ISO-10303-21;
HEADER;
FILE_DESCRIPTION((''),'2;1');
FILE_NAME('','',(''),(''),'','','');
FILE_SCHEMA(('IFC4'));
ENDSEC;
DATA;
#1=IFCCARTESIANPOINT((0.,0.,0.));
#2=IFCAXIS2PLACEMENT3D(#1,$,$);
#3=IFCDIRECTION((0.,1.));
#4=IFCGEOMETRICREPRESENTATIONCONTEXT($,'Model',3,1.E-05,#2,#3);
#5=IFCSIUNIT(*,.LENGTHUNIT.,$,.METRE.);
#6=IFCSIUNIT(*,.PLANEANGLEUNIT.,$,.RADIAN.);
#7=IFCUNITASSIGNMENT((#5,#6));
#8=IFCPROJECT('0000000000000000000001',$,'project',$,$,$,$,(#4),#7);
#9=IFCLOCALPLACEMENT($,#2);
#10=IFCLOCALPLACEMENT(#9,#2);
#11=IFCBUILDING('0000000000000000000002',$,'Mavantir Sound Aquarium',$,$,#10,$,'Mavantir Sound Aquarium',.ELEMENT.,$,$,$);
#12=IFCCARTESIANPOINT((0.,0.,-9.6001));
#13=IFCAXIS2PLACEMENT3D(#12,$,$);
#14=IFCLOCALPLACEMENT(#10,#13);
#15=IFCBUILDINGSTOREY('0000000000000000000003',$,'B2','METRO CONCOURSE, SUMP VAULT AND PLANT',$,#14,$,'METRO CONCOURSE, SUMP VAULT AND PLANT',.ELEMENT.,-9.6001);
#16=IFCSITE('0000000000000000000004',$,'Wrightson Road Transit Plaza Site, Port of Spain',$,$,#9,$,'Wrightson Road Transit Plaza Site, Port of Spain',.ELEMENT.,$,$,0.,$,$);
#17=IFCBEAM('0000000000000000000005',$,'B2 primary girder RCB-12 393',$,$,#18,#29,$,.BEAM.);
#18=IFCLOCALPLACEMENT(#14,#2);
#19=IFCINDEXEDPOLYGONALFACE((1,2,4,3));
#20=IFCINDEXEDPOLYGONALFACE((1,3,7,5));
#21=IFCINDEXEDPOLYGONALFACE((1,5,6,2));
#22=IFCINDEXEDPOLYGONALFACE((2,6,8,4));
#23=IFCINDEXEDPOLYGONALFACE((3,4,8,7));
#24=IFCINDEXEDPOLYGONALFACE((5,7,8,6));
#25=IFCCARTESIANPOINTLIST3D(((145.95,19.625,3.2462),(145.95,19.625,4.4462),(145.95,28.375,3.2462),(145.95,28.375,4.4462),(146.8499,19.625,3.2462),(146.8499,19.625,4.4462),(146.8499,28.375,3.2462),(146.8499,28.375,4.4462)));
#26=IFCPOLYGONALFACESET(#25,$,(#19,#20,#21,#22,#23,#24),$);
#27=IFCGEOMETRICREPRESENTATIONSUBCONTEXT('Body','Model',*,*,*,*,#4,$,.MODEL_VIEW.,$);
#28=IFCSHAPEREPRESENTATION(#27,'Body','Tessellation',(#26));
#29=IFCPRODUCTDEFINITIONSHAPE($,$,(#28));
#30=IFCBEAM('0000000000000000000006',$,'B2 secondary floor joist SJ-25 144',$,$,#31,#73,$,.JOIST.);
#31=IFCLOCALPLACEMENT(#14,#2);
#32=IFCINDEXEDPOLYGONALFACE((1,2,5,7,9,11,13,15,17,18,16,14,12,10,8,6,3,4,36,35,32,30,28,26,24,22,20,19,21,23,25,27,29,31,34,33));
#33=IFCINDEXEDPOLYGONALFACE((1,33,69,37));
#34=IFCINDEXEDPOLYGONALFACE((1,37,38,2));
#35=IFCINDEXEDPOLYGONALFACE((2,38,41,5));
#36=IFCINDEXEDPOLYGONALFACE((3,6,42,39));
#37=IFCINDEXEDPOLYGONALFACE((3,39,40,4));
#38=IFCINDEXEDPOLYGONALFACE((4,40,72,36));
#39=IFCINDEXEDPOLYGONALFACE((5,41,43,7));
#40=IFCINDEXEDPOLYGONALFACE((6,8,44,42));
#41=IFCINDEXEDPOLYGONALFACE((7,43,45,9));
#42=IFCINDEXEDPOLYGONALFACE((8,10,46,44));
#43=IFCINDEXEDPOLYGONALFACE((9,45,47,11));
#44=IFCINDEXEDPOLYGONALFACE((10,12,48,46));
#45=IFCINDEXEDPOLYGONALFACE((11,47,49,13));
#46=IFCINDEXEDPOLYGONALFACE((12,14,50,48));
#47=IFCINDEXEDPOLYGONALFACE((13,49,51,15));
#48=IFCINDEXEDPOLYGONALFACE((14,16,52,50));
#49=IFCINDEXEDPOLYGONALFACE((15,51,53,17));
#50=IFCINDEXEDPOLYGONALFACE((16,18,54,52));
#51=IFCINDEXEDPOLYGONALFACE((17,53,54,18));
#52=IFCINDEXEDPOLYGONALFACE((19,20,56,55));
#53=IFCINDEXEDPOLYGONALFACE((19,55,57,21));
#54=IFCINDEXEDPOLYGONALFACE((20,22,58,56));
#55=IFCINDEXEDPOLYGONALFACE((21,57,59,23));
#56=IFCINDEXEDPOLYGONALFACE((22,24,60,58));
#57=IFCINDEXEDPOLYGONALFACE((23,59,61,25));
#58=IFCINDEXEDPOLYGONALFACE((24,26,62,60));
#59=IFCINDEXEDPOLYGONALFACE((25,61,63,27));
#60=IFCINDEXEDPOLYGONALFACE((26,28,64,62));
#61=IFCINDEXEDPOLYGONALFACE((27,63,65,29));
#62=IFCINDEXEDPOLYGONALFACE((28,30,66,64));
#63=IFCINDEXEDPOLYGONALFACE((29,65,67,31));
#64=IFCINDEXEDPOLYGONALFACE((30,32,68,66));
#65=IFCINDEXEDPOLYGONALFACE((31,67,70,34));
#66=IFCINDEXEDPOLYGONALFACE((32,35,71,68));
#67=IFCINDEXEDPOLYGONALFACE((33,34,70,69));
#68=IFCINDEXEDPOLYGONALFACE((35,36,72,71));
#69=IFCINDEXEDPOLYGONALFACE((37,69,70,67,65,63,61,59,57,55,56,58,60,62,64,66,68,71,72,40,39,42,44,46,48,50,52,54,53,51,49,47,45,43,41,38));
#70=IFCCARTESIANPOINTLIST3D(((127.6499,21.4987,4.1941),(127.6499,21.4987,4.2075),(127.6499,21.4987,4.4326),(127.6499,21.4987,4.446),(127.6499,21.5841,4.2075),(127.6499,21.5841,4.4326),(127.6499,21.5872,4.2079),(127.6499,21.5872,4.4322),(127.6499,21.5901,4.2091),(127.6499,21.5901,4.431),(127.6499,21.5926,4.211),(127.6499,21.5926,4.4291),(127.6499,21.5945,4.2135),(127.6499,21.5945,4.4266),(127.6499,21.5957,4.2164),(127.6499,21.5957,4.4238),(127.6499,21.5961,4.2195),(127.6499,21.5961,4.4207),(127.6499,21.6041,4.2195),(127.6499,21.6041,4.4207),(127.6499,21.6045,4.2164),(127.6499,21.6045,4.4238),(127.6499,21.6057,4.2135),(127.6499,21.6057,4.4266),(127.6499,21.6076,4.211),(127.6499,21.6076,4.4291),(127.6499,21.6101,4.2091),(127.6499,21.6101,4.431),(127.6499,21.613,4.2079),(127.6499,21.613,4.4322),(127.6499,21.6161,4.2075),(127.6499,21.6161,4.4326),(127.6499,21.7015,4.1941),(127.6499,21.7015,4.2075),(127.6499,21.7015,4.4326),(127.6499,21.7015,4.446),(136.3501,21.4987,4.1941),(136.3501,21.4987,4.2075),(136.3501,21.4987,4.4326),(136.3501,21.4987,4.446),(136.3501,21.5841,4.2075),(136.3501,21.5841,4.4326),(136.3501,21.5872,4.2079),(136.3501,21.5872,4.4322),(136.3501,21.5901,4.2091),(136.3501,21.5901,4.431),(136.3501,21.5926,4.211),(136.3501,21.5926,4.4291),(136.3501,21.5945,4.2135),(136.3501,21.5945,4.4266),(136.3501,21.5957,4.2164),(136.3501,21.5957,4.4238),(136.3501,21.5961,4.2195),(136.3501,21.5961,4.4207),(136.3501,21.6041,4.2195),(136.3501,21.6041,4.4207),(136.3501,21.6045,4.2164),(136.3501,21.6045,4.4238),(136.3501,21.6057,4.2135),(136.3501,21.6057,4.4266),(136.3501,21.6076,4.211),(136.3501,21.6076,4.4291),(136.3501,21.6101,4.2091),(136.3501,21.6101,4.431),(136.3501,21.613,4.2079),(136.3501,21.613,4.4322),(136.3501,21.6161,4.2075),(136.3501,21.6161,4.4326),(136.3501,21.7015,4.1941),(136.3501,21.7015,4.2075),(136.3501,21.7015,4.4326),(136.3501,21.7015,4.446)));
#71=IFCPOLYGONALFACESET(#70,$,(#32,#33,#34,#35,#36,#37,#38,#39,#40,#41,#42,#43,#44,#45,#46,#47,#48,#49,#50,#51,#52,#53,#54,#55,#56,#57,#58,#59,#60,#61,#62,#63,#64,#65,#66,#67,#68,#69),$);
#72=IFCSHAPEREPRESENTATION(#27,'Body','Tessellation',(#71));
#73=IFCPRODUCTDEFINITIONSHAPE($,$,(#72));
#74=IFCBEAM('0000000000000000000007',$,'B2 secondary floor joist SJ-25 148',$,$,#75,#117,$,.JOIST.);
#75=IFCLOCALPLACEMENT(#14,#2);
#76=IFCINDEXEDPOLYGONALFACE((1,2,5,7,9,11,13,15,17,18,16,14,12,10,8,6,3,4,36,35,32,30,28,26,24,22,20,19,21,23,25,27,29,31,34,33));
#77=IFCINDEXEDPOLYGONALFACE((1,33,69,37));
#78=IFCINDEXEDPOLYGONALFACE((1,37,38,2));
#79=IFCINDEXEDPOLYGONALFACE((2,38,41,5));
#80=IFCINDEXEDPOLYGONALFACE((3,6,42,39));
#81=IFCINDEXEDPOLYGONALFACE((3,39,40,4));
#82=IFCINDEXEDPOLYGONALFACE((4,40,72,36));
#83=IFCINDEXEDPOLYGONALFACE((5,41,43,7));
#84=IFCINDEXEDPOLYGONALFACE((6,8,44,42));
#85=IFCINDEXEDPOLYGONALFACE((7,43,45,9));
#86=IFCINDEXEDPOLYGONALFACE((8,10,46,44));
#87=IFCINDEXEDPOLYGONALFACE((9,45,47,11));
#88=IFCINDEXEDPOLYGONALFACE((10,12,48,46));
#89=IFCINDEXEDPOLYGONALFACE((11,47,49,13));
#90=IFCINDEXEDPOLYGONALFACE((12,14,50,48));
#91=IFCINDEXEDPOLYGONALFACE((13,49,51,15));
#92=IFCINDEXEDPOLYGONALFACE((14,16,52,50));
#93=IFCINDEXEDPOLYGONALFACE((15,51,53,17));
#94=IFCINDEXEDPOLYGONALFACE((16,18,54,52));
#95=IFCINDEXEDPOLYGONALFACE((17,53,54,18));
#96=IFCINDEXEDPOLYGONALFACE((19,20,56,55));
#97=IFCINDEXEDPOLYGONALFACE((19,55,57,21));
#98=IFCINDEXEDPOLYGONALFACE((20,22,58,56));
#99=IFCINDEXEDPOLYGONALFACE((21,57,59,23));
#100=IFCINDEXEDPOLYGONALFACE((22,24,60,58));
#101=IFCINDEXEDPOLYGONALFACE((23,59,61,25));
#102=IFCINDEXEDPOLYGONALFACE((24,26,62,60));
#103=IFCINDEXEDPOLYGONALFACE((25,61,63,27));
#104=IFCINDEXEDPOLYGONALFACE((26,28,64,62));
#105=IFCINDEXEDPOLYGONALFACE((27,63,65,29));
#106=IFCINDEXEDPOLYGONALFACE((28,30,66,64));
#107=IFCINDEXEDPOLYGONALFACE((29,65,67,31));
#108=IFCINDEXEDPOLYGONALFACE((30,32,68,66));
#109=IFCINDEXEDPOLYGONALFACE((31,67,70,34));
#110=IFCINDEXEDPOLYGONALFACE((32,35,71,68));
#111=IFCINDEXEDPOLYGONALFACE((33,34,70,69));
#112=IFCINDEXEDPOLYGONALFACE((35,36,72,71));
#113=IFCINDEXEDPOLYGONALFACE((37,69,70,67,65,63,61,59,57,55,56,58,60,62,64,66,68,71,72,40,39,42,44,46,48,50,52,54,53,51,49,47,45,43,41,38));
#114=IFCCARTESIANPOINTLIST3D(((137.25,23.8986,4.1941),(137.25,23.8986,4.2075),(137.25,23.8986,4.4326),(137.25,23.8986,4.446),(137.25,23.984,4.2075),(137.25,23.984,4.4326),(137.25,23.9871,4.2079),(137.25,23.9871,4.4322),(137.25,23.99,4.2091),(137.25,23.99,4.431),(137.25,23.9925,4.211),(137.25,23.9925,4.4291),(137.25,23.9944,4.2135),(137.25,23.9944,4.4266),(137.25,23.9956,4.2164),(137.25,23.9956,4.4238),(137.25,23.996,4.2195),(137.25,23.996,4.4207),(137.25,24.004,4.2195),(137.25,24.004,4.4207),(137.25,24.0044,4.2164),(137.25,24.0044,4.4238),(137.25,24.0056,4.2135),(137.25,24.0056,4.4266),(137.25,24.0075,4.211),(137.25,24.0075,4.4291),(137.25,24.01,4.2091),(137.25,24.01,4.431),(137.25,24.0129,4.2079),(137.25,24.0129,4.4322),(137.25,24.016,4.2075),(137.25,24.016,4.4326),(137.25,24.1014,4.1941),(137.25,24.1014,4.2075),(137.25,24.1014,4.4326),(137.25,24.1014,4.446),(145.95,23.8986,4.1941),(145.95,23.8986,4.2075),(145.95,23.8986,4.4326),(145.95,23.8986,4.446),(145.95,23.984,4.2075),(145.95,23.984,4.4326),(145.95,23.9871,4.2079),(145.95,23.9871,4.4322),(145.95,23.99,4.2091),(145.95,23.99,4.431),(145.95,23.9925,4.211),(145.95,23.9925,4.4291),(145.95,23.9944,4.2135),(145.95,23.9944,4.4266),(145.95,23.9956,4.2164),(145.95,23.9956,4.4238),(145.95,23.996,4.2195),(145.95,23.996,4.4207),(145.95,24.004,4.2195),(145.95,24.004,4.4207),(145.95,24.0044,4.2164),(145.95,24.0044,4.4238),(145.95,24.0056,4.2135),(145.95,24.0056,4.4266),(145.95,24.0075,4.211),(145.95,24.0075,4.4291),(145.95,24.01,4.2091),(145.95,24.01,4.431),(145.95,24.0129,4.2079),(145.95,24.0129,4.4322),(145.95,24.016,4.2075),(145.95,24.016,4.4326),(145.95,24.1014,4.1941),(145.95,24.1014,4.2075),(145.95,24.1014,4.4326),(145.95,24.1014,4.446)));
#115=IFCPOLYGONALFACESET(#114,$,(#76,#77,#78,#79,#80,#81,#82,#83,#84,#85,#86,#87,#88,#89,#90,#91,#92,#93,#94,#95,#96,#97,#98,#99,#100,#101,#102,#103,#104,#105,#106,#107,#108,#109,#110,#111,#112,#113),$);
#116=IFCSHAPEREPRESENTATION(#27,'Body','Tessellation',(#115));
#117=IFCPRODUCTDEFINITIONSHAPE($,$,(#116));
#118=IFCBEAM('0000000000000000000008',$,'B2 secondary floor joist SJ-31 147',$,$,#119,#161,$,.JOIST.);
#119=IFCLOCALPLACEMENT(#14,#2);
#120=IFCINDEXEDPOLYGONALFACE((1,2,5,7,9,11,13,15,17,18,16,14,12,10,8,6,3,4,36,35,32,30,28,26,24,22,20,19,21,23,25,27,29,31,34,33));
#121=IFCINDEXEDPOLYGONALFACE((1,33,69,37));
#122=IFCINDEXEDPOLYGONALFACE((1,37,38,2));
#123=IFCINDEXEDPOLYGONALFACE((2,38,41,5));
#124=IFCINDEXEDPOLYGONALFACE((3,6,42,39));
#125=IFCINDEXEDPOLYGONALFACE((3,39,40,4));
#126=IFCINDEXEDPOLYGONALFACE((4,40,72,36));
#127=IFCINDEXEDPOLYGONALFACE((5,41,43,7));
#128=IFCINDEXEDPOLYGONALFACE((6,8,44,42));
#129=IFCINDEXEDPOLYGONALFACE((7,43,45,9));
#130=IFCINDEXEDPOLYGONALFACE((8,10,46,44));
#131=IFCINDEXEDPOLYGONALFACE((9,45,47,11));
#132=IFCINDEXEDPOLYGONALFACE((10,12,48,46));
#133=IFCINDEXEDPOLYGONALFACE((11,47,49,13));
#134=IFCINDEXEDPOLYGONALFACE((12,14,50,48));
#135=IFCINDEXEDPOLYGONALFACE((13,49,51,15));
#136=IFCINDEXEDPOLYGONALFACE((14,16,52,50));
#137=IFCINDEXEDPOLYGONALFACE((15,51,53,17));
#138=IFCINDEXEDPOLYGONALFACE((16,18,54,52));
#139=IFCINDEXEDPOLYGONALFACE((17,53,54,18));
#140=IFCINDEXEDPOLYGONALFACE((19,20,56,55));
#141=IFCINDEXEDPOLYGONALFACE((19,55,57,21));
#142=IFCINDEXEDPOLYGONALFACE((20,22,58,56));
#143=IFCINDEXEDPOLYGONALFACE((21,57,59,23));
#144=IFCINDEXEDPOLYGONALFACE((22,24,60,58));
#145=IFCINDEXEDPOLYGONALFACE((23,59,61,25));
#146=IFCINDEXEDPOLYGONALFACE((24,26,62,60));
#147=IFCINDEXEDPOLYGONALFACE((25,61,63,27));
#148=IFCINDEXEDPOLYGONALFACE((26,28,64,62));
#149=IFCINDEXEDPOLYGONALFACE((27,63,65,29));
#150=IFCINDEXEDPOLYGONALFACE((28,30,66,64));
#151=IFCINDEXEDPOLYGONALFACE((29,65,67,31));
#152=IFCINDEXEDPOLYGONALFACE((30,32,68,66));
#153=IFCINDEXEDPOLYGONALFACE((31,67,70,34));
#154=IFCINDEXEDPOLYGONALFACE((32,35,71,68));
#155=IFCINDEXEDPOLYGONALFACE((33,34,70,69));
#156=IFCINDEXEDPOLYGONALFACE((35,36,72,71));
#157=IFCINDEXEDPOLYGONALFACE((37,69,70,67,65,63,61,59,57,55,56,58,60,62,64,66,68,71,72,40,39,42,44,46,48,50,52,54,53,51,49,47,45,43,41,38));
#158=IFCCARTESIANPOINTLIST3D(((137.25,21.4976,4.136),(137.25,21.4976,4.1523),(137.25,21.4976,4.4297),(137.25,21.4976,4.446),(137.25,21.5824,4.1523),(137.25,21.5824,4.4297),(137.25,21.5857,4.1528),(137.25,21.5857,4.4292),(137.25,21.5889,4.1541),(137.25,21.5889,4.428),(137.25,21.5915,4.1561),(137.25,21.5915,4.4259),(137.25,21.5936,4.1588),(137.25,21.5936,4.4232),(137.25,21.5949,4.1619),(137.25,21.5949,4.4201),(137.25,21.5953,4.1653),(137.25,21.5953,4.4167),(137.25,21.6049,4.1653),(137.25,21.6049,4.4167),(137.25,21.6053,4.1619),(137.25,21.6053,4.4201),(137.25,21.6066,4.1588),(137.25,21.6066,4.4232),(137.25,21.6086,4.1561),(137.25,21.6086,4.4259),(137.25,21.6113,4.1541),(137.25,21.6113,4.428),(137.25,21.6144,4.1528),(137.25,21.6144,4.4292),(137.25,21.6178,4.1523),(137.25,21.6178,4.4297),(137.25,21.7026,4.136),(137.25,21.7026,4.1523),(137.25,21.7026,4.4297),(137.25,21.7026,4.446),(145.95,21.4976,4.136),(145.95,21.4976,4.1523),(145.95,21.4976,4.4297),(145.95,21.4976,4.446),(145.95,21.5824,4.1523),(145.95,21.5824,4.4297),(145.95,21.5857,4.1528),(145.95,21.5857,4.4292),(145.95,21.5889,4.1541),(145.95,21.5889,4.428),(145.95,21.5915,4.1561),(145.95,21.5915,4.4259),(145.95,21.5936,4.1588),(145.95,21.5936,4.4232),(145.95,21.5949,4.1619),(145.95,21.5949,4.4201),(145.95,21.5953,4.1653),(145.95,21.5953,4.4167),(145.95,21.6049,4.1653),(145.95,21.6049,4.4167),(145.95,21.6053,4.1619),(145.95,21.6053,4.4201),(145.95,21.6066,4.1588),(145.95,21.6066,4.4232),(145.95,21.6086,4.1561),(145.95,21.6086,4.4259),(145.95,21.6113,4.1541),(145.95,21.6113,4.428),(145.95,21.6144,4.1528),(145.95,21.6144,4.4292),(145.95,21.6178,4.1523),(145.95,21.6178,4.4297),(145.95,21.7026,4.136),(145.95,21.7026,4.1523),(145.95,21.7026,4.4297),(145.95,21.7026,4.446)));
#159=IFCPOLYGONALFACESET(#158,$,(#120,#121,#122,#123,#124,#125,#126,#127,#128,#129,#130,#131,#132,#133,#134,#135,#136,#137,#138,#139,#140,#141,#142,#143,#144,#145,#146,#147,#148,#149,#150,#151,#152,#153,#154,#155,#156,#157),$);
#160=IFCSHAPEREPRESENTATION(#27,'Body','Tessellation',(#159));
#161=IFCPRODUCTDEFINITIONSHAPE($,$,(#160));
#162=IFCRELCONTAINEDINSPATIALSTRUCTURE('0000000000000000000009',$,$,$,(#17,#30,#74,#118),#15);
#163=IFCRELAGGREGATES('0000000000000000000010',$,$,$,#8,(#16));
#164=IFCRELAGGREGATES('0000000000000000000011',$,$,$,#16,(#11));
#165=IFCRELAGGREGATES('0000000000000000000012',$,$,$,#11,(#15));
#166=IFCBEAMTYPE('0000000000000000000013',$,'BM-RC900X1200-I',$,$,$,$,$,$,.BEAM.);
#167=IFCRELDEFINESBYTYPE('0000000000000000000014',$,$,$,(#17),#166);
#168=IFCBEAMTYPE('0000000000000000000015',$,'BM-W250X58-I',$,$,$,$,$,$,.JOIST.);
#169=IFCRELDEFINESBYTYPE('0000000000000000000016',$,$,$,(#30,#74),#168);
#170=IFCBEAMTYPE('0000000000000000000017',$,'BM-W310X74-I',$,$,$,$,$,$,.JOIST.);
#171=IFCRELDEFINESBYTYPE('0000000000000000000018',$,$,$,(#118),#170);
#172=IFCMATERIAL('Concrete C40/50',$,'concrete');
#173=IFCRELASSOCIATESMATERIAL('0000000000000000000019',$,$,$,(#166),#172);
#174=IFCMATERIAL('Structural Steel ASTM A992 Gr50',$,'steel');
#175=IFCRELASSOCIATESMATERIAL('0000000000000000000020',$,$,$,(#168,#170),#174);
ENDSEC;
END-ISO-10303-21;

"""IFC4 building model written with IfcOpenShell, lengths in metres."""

from ifc_helpers import new_model, si_unit, direction, frame, origin, origin_2d, place, context, subcontext, project, spatial, rectangle, i_section, extrude, material, material_profile, profile_set, type_object, element, save


model = new_model("IFC4")

# Units and contexts
model_context = context("Model", 3, precision=1e-05, world=origin(), true_north=direction((0.0, 1.0)))
body_context = subcontext(model_context, "Body", "Model", "MODEL_VIEW")
ifc_project = project(units=[si_unit("LENGTHUNIT", "METRE"), si_unit("PLANEANGLEUNIT", "RADIAN")], contexts=[model_context])

# Site, building, storey
site_placement = place(None, origin())
site = spatial("IfcSite", under=ifc_project, at=site_placement, Name="Wrightson Road Transit Plaza Site, Port of Spain", LongName="Wrightson Road Transit Plaza Site, Port of Spain", CompositionType="ELEMENT", RefElevation=0.0)
building_placement = place(site_placement, origin())
building = spatial("IfcBuilding", under=site, at=building_placement, Name="Mavantir Sound Aquarium", LongName="Mavantir Sound Aquarium", CompositionType="ELEMENT")
storey_placement = place(building_placement, frame((0.0, 0.0, -9.6001)))
storey = spatial("IfcBuildingStorey", under=building, at=storey_placement, Name="B2", Description="METRO CONCOURSE, SUMP VAULT AND PLANT", LongName="METRO CONCOURSE, SUMP VAULT AND PLANT", CompositionType="ELEMENT", Elevation=-9.6001)

# Shared definitions
ifc_material_1 = material(Name="Concrete C40/50", Category="concrete")

# Beams
ifc_material_profile_1 = material_profile(ifc_material_1, rectangle(XDim=0.8999, YDim=1.2, at=origin_2d()), Name="RC 900X1200")
ifc_profile_set_1 = profile_set([ifc_material_profile_1], Name="Concrete C40/50")
beam_type_1 = type_object("IfcBeamType", Name="BM-RC900X1200-I", PredefinedType="BEAM", material=ifc_profile_set_1)
for number, where, z_axis, x_axis, name in (
    (1, (146.3999, 19.625, 3.8462), (0.0, 1.0, 0.0), (-1.0, 0.0, 0.0), "B2 primary girder RCB-12 393"),
):
    element("IfcBeam", number, at=place(storey_placement, frame(where, z_axis=z_axis, x_axis=x_axis)), inside=storey, type_object=beam_type_1, Name=name, PredefinedType="BEAM", context=body_context, shape_type="SweptSolid", body=[
        extrude(rectangle(XDim=0.8999, YDim=1.2, at=origin_2d()), origin(), (0.0, 0.0, 1.0), 8.75),
    ])
ifc_material_2 = material(Name="Structural Steel ASTM A992 Gr50", Category="steel")
ifc_material_profile_2 = material_profile(ifc_material_2, i_section(OverallWidth=0.2029, OverallDepth=0.252, WebThickness=0.0081, FlangeThickness=0.0134, FilletRadius=0.012, at=origin_2d()), Name="W250X58")
ifc_profile_set_2 = profile_set([ifc_material_profile_2], Name="Structural Steel ASTM A992 Gr50")
beam_type_2 = type_object("IfcBeamType", Name="BM-W250X58-I", PredefinedType="JOIST", material=ifc_profile_set_2)
beam_1_placement = place(storey_placement, frame((127.6499, 21.6001, 4.3201), z_axis=(1.0, 0.0, 0.0), x_axis=(0.0, 1.0, 0.0)))
element("IfcBeam", 2, at=beam_1_placement, inside=storey, type_object=beam_type_2, Name="B2 secondary floor joist SJ-25 144", PredefinedType="JOIST", context=body_context, shape_type="SweptSolid", body=[
    extrude(i_section(OverallWidth=0.2029, OverallDepth=0.252, WebThickness=0.0081, FlangeThickness=0.0134, FilletRadius=0.012, at=origin_2d()), origin(), (0.0, 0.0, 1.0), 8.7002),
])
beam_2_placement = place(storey_placement, frame((137.25, 24.0, 4.3201), z_axis=(1.0, 0.0, 0.0), x_axis=(0.0, 1.0, 0.0)))
element("IfcBeam", 3, at=beam_2_placement, inside=storey, type_object=beam_type_2, Name="B2 secondary floor joist SJ-25 148", PredefinedType="JOIST", context=body_context, shape_type="SweptSolid", body=[
    extrude(i_section(OverallWidth=0.2029, OverallDepth=0.252, WebThickness=0.0081, FlangeThickness=0.0134, FilletRadius=0.012, at=origin_2d()), origin(), (0.0, 0.0, 1.0), 8.7),
])
ifc_material_profile_3 = material_profile(ifc_material_2, i_section(OverallWidth=0.2051, OverallDepth=0.3101, WebThickness=0.0095, FlangeThickness=0.0164, FilletRadius=0.0129, at=origin_2d()), Name="W310X74")
ifc_profile_set_3 = profile_set([ifc_material_profile_3], Name="Structural Steel ASTM A992 Gr50")
beam_type_3 = type_object("IfcBeamType", Name="BM-W310X74-I", PredefinedType="JOIST", material=ifc_profile_set_3)
beam_3_placement = place(storey_placement, frame((137.25, 21.6001, 4.291), z_axis=(1.0, 0.0, 0.0), x_axis=(0.0, 1.0, 0.0)))
element("IfcBeam", 4, at=beam_3_placement, inside=storey, type_object=beam_type_3, Name="B2 secondary floor joist SJ-31 147", PredefinedType="JOIST", context=body_context, shape_type="SweptSolid", body=[
    extrude(i_section(OverallWidth=0.2051, OverallDepth=0.3101, WebThickness=0.0095, FlangeThickness=0.0164, FilletRadius=0.0129, at=origin_2d()), origin(), (0.0, 0.0, 1.0), 8.7),
])

save(model, "model.ifc")
